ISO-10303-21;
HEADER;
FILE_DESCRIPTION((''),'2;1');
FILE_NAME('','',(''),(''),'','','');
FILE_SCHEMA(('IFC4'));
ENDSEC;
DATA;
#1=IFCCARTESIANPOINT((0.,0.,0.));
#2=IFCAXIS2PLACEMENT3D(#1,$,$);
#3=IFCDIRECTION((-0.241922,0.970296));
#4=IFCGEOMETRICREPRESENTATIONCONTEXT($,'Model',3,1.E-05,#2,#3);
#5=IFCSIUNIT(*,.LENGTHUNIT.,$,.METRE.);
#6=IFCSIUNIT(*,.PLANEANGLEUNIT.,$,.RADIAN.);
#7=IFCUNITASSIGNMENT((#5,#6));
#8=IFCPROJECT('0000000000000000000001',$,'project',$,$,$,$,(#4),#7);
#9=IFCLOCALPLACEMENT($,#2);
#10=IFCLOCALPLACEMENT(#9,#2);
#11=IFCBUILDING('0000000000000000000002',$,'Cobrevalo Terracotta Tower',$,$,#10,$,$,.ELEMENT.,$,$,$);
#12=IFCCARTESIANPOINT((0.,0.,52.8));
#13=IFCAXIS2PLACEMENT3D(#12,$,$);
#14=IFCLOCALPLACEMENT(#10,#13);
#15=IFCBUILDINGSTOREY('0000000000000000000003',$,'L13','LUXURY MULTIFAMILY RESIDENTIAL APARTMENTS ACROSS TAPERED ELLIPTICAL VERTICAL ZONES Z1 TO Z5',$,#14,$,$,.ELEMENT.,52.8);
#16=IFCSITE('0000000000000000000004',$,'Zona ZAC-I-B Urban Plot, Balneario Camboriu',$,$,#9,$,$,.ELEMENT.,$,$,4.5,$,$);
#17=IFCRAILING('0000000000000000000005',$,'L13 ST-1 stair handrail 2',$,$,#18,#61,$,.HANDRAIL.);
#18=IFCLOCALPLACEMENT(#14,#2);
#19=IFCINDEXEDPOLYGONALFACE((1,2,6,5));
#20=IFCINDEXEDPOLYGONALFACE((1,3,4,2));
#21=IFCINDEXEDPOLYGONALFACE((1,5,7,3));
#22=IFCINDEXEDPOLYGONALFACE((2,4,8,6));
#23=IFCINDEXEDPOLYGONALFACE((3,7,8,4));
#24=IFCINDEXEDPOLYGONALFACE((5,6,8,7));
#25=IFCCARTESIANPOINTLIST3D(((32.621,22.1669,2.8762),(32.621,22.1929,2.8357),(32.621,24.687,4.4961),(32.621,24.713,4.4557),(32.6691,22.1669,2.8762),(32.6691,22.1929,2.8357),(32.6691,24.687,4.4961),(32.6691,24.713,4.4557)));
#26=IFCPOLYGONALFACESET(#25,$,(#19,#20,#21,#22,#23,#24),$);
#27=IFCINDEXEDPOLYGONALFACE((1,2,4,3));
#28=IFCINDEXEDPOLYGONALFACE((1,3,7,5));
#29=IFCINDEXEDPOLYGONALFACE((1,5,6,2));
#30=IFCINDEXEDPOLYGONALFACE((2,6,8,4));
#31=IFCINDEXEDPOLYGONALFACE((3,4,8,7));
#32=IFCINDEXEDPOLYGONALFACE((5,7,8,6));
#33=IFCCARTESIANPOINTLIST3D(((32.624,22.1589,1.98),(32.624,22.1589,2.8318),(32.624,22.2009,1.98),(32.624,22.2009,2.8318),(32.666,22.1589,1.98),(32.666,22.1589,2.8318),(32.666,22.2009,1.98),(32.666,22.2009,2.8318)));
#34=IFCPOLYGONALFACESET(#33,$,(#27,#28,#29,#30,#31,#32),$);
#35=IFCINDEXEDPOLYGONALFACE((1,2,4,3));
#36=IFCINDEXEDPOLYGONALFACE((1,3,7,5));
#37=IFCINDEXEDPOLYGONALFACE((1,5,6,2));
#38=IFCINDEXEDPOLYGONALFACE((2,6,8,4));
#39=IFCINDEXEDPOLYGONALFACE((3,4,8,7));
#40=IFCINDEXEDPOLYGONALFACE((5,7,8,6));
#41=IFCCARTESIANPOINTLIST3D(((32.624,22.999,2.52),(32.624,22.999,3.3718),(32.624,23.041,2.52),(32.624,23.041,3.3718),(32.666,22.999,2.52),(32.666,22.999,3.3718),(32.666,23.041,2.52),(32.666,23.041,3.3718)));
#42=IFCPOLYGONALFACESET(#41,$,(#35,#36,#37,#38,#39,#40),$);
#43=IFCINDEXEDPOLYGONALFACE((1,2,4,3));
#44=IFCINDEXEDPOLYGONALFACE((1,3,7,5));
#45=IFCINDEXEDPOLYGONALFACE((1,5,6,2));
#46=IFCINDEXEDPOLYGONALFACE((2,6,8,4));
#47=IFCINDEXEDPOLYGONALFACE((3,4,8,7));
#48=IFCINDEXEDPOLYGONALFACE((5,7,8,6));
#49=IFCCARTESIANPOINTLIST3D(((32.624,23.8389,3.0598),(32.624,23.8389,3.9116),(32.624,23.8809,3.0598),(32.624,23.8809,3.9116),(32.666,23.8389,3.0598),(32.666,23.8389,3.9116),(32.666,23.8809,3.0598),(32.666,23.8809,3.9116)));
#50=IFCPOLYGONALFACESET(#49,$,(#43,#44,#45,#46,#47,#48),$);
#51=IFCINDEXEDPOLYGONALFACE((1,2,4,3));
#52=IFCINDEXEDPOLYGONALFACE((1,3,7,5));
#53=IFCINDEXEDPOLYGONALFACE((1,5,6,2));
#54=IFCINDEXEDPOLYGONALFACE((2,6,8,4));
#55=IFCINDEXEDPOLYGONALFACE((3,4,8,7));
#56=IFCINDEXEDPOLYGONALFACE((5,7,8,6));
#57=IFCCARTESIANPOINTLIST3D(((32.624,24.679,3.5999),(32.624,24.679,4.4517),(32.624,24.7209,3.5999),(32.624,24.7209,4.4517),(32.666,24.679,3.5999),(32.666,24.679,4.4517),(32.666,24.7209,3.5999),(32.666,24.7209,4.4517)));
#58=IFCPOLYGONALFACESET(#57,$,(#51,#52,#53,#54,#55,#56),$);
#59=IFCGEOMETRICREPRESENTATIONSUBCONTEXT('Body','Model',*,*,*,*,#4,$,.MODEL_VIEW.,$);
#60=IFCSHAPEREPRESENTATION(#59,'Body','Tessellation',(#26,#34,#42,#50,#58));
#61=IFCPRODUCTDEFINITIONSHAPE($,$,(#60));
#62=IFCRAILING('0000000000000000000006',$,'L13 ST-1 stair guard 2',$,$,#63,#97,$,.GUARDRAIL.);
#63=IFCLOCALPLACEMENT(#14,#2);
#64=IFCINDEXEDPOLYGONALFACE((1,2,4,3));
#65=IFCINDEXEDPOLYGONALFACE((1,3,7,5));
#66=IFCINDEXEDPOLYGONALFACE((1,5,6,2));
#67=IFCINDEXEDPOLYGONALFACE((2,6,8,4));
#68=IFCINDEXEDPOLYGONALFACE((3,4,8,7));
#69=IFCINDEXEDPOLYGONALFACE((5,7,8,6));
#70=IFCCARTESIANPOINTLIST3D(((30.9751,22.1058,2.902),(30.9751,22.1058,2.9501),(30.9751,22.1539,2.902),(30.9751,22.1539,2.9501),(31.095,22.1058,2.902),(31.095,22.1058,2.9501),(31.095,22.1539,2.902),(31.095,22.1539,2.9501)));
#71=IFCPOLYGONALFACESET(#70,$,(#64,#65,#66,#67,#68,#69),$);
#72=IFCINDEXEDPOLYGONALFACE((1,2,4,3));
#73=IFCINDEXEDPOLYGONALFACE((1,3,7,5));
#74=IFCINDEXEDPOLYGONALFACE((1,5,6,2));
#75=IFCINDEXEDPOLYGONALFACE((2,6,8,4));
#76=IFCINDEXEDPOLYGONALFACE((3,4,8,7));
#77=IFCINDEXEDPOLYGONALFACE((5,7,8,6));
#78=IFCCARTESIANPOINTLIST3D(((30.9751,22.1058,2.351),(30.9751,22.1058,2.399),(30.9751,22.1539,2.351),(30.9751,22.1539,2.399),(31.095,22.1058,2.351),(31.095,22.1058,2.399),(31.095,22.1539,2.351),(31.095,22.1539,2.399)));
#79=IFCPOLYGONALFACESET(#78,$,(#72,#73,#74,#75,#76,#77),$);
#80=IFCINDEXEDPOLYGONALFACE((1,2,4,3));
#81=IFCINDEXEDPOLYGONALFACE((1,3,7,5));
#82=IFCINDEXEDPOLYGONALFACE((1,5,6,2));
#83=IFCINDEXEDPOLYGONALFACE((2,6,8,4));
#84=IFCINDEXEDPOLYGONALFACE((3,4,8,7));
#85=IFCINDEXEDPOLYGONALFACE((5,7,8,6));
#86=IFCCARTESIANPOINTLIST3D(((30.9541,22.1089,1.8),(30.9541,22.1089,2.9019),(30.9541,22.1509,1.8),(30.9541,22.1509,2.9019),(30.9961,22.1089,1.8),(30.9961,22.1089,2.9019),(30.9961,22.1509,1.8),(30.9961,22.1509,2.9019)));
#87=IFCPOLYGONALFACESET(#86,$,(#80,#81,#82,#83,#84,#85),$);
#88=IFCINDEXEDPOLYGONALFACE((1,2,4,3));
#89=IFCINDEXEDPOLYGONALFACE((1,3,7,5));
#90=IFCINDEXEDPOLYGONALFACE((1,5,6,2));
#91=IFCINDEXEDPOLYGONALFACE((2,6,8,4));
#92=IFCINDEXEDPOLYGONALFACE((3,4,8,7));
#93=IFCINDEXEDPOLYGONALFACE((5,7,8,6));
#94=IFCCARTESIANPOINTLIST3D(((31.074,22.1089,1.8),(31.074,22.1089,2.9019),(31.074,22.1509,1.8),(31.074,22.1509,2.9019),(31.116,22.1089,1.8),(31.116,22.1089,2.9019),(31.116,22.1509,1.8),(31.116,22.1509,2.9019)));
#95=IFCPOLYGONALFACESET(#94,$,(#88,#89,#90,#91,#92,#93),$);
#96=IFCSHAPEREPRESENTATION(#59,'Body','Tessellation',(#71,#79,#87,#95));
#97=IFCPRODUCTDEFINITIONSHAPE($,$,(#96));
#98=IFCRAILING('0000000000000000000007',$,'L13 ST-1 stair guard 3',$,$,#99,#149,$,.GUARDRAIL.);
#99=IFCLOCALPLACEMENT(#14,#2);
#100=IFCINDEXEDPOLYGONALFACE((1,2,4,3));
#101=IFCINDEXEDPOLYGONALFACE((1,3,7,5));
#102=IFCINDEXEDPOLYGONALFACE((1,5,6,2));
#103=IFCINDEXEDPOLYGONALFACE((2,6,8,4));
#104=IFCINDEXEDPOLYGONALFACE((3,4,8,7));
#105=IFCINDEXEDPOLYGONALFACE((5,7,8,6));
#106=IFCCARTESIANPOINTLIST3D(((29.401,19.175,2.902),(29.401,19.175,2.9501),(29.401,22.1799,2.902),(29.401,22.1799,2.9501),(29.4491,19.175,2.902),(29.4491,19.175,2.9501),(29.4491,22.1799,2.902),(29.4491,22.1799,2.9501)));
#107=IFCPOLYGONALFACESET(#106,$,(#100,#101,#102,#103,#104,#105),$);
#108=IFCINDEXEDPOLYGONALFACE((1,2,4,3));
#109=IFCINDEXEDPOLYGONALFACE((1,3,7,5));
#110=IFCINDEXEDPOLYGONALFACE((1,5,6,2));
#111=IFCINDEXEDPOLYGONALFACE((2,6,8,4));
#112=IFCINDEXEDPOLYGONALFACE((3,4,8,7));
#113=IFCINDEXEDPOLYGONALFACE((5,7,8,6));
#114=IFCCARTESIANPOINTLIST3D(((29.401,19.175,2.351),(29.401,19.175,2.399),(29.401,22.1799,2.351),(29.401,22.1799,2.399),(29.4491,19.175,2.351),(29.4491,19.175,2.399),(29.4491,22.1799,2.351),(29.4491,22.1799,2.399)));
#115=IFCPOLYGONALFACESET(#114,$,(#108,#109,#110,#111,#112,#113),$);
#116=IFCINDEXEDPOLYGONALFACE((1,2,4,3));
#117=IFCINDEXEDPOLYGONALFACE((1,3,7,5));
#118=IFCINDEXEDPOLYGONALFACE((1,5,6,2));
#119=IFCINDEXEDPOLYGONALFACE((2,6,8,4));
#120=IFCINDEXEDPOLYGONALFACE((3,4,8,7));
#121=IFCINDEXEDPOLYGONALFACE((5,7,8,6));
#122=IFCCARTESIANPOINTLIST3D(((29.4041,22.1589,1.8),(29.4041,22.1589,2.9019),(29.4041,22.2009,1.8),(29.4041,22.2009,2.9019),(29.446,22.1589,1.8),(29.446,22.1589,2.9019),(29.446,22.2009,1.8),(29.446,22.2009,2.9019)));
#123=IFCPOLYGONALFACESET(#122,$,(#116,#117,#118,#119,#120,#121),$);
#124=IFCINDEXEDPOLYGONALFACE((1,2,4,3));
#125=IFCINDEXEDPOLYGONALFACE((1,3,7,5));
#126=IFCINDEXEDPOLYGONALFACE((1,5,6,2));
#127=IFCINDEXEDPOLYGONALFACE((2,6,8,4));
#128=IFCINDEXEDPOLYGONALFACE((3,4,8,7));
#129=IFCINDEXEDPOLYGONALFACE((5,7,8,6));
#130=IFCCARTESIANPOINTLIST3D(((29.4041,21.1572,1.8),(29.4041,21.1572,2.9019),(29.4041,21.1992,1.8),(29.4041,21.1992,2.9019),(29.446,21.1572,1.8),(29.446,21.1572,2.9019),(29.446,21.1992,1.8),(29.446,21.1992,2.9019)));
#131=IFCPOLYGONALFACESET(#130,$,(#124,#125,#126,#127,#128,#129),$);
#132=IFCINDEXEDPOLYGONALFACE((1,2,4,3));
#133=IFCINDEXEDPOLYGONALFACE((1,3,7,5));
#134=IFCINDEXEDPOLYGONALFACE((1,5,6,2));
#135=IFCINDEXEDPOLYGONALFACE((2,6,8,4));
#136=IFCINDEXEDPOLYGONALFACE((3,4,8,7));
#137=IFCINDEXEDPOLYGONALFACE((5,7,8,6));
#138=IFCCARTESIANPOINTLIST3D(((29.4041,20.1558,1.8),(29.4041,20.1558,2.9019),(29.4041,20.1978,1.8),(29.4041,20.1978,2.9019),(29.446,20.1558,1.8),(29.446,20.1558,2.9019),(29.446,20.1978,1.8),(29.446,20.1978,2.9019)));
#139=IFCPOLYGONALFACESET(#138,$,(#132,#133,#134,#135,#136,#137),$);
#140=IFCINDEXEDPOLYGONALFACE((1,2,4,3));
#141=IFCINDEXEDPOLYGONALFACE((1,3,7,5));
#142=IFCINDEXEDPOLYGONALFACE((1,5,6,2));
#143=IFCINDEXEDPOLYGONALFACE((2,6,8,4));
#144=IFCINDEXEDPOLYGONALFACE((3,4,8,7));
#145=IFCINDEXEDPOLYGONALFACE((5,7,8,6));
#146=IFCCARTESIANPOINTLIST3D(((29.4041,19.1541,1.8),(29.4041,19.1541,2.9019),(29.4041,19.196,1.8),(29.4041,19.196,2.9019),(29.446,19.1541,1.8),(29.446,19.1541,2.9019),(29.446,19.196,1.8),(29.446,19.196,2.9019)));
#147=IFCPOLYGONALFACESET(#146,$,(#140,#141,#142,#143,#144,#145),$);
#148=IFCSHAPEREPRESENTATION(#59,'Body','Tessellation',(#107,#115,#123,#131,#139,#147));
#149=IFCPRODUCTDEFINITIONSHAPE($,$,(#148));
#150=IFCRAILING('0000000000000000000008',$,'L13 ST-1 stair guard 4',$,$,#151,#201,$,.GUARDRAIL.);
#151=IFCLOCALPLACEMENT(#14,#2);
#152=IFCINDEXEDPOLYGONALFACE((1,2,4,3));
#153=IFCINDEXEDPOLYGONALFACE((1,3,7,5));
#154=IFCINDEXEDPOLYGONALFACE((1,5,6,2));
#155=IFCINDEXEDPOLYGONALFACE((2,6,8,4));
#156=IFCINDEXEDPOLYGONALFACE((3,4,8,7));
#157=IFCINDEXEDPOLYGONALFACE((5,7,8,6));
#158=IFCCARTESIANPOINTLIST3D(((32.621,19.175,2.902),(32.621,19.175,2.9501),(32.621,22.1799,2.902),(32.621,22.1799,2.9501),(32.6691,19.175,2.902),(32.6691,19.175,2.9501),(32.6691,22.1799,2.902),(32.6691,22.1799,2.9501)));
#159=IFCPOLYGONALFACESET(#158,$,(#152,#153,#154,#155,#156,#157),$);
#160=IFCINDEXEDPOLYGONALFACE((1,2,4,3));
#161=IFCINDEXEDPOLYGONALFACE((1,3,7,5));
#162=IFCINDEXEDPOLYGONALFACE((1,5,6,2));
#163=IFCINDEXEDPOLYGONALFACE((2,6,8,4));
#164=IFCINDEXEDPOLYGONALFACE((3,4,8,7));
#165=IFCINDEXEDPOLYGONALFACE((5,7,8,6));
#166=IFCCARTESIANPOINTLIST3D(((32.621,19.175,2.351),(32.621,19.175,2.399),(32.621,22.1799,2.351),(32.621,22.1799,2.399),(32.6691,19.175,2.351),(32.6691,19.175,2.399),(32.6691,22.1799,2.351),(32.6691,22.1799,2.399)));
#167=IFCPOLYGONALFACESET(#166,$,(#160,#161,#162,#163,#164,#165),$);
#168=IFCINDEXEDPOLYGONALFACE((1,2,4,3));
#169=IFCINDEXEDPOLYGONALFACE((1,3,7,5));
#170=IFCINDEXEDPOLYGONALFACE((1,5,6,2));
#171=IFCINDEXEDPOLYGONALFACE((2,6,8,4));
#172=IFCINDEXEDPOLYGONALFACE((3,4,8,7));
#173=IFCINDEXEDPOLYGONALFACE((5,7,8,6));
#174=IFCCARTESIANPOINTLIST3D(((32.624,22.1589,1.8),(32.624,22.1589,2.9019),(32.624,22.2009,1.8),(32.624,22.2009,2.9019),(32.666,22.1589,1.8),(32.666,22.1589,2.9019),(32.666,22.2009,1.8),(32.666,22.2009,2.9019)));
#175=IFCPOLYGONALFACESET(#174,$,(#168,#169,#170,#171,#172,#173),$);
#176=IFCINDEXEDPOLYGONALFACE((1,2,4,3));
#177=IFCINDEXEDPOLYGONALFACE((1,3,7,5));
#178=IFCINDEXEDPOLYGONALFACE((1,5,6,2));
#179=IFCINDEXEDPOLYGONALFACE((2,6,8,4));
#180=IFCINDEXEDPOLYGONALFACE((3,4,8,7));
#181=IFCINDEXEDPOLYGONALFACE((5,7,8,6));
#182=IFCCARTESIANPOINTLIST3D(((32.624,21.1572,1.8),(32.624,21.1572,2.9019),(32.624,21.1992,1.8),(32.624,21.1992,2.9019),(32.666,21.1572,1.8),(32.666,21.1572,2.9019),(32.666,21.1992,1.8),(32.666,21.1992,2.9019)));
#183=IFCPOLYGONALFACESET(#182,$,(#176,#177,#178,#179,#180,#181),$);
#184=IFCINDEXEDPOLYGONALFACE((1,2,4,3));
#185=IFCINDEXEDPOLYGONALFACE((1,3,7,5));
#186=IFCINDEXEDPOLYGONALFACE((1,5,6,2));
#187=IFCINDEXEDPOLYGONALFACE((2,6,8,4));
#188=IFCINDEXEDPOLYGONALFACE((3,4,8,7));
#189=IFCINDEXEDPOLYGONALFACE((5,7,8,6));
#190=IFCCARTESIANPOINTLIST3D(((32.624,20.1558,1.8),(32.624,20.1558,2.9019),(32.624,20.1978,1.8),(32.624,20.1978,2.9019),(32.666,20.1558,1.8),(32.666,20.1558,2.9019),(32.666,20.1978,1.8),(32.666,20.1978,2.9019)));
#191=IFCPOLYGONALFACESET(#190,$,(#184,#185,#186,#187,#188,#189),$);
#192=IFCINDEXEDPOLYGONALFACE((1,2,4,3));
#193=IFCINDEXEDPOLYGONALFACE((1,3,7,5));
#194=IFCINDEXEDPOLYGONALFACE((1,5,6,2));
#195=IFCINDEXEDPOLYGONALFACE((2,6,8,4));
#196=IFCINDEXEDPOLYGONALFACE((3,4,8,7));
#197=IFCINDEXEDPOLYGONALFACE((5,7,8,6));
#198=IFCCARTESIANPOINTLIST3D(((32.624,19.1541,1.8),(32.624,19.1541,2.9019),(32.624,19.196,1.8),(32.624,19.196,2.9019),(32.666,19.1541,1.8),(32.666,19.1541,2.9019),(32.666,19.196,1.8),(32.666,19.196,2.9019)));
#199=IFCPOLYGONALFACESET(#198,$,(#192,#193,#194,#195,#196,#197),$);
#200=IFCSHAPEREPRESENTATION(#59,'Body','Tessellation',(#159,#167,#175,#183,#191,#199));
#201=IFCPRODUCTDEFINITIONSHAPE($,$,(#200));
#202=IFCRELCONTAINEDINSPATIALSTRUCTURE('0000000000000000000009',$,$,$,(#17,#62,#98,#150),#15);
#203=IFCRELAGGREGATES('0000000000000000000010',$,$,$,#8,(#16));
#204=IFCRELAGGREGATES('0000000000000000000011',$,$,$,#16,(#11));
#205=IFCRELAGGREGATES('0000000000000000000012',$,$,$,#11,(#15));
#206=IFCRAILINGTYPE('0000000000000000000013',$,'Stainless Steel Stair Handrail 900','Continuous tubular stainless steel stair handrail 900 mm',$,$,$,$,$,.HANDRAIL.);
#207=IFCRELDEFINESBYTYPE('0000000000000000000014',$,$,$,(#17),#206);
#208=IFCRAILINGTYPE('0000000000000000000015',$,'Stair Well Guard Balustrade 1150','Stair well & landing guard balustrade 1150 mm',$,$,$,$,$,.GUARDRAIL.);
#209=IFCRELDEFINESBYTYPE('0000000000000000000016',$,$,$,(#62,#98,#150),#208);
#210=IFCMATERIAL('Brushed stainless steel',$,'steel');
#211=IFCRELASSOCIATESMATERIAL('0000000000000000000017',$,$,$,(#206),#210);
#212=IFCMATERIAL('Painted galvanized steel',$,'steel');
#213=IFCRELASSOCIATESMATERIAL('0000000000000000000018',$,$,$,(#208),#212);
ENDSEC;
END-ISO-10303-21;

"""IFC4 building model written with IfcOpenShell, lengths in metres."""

from ifc_helpers import new_model, si_unit, direction, frame, origin, origin_2d, place, context, subcontext, project, spatial, rectangle, extrude, material, type_object, element, save


model = new_model("IFC4")

# Units and contexts
model_context = context("Model", 3, precision=1e-05, world=origin(), true_north=direction((-0.241922, 0.970296)))
body_context = subcontext(model_context, "Body", "Model", "MODEL_VIEW")
ifc_project = project(units=[si_unit("LENGTHUNIT", "METRE"), si_unit("PLANEANGLEUNIT", "RADIAN")], contexts=[model_context])

# Site, building, storey
site_placement = place(None, origin())
site = spatial("IfcSite", under=ifc_project, at=site_placement, Name="Zona ZAC-I-B Urban Plot, Balneario Camboriu", CompositionType="ELEMENT", RefElevation=4.5)
building_placement = place(site_placement, origin())
building = spatial("IfcBuilding", under=site, at=building_placement, Name="Cobrevalo Terracotta Tower", CompositionType="ELEMENT")
storey_placement = place(building_placement, frame((0.0, 0.0, 52.8)))
storey = spatial("IfcBuildingStorey", under=building, at=storey_placement, Name="L13", Description="LUXURY MULTIFAMILY RESIDENTIAL APARTMENTS ACROSS TAPERED ELLIPTICAL VERTICAL ZONES Z1 TO Z5", CompositionType="ELEMENT", Elevation=52.8)

# Railings
ifc_material_1 = material(Name="Brushed stainless steel", Category="steel")
railing_type_1 = type_object("IfcRailingType", Name="Stainless Steel Stair Handrail 900", Description="Continuous tubular stainless steel stair handrail 900 mm", PredefinedType="HANDRAIL", material=ifc_material_1)
railing_1_placement = place(storey_placement, frame((32.645, 22.1799, 1.98)))
element("IfcRailing", 1, at=railing_1_placement, inside=storey, type_object=railing_type_1, Name="L13 ST-1 stair handrail 2", PredefinedType="HANDRAIL", context=body_context, shape_type="SweptSolid", body=[
    extrude(rectangle(XDim=0.0481, YDim=0.0481, at=origin_2d()), frame((0.0, 0.0, 0.876), z_axis=(0.0, 0.8412, 0.540725), x_axis=(-1.0, 0.0, 0.0)), (0.0, 0.0, 1.0), 2.9958),
    extrude(rectangle(XDim=0.042, YDim=0.042, at=origin_2d()), origin(), (0.0, 0.0, 1.0), 0.8518),
    extrude(rectangle(XDim=0.042, YDim=0.042, at=origin_2d()), frame((0.0, 0.8401, 0.54)), (0.0, 0.0, 1.0), 0.8518),
    extrude(rectangle(XDim=0.042, YDim=0.042, at=origin_2d()), frame((0.0, 1.6799, 1.0798)), (0.0, 0.0, 1.0), 0.8518),
    extrude(rectangle(XDim=0.042, YDim=0.042, at=origin_2d()), frame((0.0, 2.52, 1.6199)), (0.0, 0.0, 1.0), 0.8518),
])
ifc_material_2 = material(Name="Painted galvanized steel", Category="steel")
railing_type_2 = type_object("IfcRailingType", Name="Stair Well Guard Balustrade 1150", Description="Stair well & landing guard balustrade 1150 mm", PredefinedType="GUARDRAIL", material=ifc_material_2)
railing_2_placement = place(storey_placement, frame((30.9751, 22.1299, 1.8)))
element("IfcRailing", 2, at=railing_2_placement, inside=storey, type_object=railing_type_2, Name="L13 ST-1 stair guard 2", PredefinedType="GUARDRAIL", context=body_context, shape_type="SweptSolid", body=[
    extrude(rectangle(XDim=0.0481, YDim=0.0481, at=origin_2d()), frame((0.0, 0.0, 1.126), z_axis=(1.0, 0.0, 0.0), x_axis=(0.0, 1.0, 0.0)), (0.0, 0.0, 1.0), 0.1199),
    extrude(rectangle(XDim=0.0481, YDim=0.0481, at=origin_2d()), frame((0.0, 0.0, 0.575), z_axis=(1.0, 0.0, 0.0), x_axis=(0.0, 1.0, 0.0)), (0.0, 0.0, 1.0), 0.1199),
    extrude(rectangle(XDim=0.042, YDim=0.042, at=origin_2d()), origin(), (0.0, 0.0, 1.0), 1.1018),
    extrude(rectangle(XDim=0.042, YDim=0.042, at=origin_2d()), frame((0.1199, 0.0, 0.0)), (0.0, 0.0, 1.0), 1.1018),
])
for number, where, name in (
    (3, (29.425, 22.1799, 1.8), "L13 ST-1 stair guard 3"),
    (4, (32.645, 22.1799, 1.8), "L13 ST-1 stair guard 4"),
):
    element("IfcRailing", number, at=place(storey_placement, frame(where)), inside=storey, type_object=railing_type_2, Name=name, PredefinedType="GUARDRAIL", context=body_context, shape_type="SweptSolid", body=[
        extrude(rectangle(XDim=0.0481, YDim=0.0481, at=origin_2d()), frame((0.0, 0.0, 1.126), z_axis=(0.0, -1.0, 0.0), x_axis=(1.0, 0.0, 0.0)), (0.0, 0.0, 1.0), 3.0049),
        extrude(rectangle(XDim=0.0481, YDim=0.0481, at=origin_2d()), frame((0.0, 0.0, 0.575), z_axis=(0.0, -1.0, 0.0), x_axis=(1.0, 0.0, 0.0)), (0.0, 0.0, 1.0), 3.0049),
        extrude(rectangle(XDim=0.042, YDim=0.042, at=origin_2d()), origin(), (0.0, 0.0, 1.0), 1.1018),
        extrude(rectangle(XDim=0.042, YDim=0.042, at=origin_2d()), frame((0.0, -1.0017, 0.0)), (0.0, 0.0, 1.0), 1.1018),
        extrude(rectangle(XDim=0.042, YDim=0.042, at=origin_2d()), frame((0.0, -2.0032, 0.0)), (0.0, 0.0, 1.0), 1.1018),
        extrude(rectangle(XDim=0.042, YDim=0.042, at=origin_2d()), frame((0.0, -3.0049, 0.0)), (0.0, 0.0, 1.0), 1.1018),
    ])

save(model, "model.ifc")
